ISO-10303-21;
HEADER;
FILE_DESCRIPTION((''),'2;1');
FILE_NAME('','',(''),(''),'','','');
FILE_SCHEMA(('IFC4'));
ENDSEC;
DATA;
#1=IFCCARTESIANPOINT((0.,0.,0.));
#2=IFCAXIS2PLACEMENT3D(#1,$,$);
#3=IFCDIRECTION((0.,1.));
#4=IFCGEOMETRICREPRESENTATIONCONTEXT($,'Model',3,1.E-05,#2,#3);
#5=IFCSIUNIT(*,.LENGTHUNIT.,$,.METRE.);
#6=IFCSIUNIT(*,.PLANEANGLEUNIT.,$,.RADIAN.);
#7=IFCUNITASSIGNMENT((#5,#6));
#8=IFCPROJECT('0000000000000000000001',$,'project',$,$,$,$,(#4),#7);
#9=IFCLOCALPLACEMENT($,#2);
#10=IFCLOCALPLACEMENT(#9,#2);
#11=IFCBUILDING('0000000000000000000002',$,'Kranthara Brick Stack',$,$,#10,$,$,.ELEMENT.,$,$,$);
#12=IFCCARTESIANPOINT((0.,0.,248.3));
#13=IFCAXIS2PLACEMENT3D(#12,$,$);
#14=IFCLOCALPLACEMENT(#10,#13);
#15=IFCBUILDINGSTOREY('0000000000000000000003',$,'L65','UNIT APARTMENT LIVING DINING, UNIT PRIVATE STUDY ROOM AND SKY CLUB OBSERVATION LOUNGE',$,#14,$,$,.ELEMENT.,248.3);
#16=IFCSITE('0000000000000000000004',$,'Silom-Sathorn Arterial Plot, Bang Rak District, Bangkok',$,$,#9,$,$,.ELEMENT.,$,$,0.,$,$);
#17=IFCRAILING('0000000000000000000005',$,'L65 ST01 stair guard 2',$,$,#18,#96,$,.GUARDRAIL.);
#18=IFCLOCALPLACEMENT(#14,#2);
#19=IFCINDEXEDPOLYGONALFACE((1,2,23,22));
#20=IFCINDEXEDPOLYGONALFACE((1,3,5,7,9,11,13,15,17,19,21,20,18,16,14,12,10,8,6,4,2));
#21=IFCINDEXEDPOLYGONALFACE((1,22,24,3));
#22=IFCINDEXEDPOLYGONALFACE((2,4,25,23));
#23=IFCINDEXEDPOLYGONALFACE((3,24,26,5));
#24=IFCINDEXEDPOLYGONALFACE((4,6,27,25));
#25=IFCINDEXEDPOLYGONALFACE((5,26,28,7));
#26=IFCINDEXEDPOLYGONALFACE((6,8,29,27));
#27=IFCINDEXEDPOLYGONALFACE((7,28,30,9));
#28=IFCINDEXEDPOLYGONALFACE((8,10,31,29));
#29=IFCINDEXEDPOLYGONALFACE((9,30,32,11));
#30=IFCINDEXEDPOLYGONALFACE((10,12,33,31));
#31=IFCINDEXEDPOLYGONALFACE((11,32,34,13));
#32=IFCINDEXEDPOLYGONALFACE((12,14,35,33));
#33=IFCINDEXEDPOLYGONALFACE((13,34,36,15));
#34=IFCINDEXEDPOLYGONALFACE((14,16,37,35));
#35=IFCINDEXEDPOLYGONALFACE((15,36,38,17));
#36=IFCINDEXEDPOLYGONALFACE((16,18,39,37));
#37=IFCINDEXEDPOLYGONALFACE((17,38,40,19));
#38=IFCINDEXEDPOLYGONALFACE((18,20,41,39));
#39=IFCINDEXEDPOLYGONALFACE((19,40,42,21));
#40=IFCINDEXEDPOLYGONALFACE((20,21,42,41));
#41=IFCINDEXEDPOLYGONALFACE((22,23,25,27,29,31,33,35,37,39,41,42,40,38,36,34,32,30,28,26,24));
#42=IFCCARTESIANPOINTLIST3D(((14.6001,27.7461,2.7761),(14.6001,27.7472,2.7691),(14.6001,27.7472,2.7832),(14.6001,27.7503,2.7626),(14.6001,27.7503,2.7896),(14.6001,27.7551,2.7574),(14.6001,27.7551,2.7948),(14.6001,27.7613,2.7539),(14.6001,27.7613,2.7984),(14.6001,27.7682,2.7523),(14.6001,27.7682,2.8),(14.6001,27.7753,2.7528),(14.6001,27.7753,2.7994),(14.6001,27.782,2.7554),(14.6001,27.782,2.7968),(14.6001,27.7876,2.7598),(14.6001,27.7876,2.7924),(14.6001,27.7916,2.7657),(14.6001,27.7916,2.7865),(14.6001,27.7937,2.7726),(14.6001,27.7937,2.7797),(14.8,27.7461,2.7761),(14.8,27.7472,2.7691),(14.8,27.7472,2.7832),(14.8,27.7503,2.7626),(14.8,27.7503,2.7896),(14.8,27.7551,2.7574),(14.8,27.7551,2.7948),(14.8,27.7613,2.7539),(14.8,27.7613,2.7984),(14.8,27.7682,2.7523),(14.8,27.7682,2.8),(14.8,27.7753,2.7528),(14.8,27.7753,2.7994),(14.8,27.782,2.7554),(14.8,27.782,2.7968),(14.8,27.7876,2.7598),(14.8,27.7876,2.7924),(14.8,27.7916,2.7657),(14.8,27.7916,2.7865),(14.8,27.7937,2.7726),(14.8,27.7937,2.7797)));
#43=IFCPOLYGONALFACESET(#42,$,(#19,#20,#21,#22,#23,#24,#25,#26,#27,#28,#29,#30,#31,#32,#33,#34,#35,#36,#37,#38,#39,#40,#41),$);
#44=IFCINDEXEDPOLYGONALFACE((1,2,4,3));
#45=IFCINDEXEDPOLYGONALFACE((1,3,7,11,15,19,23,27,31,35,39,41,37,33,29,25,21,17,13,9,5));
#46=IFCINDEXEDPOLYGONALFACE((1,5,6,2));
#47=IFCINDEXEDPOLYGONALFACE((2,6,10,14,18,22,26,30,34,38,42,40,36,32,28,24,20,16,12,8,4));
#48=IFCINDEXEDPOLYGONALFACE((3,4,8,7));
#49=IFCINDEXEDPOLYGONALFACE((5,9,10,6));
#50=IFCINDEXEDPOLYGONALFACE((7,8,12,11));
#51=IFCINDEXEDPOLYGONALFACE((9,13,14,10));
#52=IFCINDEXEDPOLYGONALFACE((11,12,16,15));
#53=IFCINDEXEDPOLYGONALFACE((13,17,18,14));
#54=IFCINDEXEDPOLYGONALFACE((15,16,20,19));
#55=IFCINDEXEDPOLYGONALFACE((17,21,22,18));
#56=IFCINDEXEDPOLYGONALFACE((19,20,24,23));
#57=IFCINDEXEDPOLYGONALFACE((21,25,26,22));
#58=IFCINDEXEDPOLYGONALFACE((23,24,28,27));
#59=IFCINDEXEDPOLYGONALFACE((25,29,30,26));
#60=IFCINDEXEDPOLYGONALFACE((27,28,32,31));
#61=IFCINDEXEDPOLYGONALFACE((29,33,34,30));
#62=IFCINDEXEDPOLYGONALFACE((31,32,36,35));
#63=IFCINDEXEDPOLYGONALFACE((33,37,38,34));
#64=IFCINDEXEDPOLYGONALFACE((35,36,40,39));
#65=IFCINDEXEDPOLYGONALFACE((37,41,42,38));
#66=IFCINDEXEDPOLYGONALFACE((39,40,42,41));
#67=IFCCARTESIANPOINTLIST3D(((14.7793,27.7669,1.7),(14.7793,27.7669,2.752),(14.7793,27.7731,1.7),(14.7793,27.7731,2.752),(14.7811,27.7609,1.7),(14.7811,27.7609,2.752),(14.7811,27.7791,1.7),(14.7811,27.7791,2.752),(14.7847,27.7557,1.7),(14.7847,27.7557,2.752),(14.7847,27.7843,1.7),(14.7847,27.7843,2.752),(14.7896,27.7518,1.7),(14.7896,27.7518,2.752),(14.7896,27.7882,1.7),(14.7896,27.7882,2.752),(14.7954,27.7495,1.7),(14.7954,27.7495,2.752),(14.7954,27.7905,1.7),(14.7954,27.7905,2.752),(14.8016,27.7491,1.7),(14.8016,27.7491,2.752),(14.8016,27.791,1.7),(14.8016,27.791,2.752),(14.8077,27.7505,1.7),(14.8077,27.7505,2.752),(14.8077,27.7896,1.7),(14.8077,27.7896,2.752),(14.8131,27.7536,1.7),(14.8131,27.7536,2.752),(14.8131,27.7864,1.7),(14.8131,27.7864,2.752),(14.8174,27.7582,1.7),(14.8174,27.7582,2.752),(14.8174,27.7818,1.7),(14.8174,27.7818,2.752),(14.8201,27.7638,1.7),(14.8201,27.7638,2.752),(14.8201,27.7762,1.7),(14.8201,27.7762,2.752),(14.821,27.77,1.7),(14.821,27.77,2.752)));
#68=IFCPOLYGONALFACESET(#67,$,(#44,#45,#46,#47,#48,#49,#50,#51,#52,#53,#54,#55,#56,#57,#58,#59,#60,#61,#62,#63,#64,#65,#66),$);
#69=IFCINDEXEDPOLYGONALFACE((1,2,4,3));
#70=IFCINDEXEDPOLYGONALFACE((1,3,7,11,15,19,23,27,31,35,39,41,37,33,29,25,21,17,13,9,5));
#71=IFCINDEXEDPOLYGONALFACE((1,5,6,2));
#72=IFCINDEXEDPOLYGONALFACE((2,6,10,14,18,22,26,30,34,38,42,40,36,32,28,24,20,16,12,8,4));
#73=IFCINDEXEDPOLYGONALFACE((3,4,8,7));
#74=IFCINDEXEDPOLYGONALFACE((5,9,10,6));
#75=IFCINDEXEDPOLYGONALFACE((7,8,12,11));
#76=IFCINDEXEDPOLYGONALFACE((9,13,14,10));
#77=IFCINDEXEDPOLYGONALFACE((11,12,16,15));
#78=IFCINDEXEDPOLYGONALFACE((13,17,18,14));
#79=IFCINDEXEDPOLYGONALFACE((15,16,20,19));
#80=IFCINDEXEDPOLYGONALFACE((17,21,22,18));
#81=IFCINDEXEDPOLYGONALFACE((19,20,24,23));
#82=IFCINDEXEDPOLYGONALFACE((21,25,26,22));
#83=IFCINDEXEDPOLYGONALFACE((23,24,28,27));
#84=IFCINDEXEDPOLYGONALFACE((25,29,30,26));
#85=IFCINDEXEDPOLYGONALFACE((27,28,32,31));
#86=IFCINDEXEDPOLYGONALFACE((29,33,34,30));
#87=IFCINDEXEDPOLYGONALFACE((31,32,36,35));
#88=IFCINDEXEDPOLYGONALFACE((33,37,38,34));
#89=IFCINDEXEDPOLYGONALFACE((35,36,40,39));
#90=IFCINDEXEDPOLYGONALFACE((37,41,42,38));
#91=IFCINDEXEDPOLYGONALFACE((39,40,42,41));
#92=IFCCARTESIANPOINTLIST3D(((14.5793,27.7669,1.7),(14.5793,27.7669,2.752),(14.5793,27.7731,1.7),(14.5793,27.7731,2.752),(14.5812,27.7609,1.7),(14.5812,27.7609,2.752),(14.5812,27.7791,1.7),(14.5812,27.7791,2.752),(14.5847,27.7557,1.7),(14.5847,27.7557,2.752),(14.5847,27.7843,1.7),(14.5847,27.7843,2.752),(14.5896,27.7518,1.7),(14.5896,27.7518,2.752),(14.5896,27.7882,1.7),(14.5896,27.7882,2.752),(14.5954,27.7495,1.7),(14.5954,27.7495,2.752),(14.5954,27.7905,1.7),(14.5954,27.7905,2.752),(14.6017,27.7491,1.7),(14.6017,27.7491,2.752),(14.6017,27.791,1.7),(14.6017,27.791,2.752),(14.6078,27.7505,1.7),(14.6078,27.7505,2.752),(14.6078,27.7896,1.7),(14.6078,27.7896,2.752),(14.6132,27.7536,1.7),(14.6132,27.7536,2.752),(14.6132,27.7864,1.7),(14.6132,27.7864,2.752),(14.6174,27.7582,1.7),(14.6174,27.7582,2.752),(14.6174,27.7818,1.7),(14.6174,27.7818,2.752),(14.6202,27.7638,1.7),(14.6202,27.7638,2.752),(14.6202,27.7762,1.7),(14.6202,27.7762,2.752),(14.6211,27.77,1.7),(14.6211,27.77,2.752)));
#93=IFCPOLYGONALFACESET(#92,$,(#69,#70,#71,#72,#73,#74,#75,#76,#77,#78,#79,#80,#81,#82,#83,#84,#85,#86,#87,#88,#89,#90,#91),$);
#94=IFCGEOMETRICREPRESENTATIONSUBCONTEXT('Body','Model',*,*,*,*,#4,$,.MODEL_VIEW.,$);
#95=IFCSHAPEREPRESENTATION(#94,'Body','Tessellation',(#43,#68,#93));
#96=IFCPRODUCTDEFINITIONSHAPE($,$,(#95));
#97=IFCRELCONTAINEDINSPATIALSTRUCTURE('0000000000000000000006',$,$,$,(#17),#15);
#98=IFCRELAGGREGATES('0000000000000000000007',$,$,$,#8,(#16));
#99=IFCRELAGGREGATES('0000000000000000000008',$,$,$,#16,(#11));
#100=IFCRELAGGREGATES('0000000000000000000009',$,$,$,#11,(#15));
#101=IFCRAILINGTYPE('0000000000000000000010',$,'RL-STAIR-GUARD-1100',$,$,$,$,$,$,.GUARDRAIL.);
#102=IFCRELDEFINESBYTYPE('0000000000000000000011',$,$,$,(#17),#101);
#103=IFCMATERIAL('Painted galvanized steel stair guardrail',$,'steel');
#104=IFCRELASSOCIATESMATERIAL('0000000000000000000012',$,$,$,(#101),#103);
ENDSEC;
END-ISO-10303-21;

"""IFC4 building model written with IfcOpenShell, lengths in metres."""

from ifc_helpers import new_model, si_unit, direction, frame, origin, origin_2d, place, context, subcontext, project, spatial, circle, extrude, material, type_object, element, save


model = new_model("IFC4")

# Units and contexts
model_context = context("Model", 3, precision=1e-05, world=origin(), true_north=direction((0.0, 1.0)))
body_context = subcontext(model_context, "Body", "Model", "MODEL_VIEW")
ifc_project = project(units=[si_unit("LENGTHUNIT", "METRE"), si_unit("PLANEANGLEUNIT", "RADIAN")], contexts=[model_context])

# Site, building, storey
site_placement = place(None, origin())
site = spatial("IfcSite", under=ifc_project, at=site_placement, Name="Silom-Sathorn Arterial Plot, Bang Rak District, Bangkok", CompositionType="ELEMENT", RefElevation=0.0)
building_placement = place(site_placement, origin())
building = spatial("IfcBuilding", under=site, at=building_placement, Name="Kranthara Brick Stack", CompositionType="ELEMENT")
storey_placement = place(building_placement, frame((0.0, 0.0, 248.3)))
storey = spatial("IfcBuildingStorey", under=building, at=storey_placement, Name="L65", Description="UNIT APARTMENT LIVING DINING, UNIT PRIVATE STUDY ROOM AND SKY CLUB OBSERVATION LOUNGE", CompositionType="ELEMENT", Elevation=248.3)

# Railing
ifc_material_1 = material(Name="Painted galvanized steel stair guardrail", Category="steel")
railing_type_1 = type_object("IfcRailingType", Name="RL-STAIR-GUARD-1100", PredefinedType="GUARDRAIL", material=ifc_material_1)
railing_1_placement = place(storey_placement, frame((14.8, 27.77, 1.7)))
element("IfcRailing", 1, at=railing_1_placement, inside=storey, type_object=railing_type_1, Name="L65 ST01 stair guard 2", PredefinedType="GUARDRAIL", context=body_context, shape_type="SweptSolid", body=[
    extrude(circle(Radius=0.0239, at=origin_2d()), frame((0.0, 0.0, 1.0762), z_axis=(-1.0, 0.0, 0.0), x_axis=(0.0, -1.0, 0.0)), (0.0, 0.0, 1.0), 0.2),
    extrude(circle(Radius=0.021, at=origin_2d()), origin(), (0.0, 0.0, 1.0), 1.052),
    extrude(circle(Radius=0.021, at=origin_2d()), frame((-0.2, 0.0, 0.0)), (0.0, 0.0, 1.0), 1.052),
])

save(model, "model.ifc")
